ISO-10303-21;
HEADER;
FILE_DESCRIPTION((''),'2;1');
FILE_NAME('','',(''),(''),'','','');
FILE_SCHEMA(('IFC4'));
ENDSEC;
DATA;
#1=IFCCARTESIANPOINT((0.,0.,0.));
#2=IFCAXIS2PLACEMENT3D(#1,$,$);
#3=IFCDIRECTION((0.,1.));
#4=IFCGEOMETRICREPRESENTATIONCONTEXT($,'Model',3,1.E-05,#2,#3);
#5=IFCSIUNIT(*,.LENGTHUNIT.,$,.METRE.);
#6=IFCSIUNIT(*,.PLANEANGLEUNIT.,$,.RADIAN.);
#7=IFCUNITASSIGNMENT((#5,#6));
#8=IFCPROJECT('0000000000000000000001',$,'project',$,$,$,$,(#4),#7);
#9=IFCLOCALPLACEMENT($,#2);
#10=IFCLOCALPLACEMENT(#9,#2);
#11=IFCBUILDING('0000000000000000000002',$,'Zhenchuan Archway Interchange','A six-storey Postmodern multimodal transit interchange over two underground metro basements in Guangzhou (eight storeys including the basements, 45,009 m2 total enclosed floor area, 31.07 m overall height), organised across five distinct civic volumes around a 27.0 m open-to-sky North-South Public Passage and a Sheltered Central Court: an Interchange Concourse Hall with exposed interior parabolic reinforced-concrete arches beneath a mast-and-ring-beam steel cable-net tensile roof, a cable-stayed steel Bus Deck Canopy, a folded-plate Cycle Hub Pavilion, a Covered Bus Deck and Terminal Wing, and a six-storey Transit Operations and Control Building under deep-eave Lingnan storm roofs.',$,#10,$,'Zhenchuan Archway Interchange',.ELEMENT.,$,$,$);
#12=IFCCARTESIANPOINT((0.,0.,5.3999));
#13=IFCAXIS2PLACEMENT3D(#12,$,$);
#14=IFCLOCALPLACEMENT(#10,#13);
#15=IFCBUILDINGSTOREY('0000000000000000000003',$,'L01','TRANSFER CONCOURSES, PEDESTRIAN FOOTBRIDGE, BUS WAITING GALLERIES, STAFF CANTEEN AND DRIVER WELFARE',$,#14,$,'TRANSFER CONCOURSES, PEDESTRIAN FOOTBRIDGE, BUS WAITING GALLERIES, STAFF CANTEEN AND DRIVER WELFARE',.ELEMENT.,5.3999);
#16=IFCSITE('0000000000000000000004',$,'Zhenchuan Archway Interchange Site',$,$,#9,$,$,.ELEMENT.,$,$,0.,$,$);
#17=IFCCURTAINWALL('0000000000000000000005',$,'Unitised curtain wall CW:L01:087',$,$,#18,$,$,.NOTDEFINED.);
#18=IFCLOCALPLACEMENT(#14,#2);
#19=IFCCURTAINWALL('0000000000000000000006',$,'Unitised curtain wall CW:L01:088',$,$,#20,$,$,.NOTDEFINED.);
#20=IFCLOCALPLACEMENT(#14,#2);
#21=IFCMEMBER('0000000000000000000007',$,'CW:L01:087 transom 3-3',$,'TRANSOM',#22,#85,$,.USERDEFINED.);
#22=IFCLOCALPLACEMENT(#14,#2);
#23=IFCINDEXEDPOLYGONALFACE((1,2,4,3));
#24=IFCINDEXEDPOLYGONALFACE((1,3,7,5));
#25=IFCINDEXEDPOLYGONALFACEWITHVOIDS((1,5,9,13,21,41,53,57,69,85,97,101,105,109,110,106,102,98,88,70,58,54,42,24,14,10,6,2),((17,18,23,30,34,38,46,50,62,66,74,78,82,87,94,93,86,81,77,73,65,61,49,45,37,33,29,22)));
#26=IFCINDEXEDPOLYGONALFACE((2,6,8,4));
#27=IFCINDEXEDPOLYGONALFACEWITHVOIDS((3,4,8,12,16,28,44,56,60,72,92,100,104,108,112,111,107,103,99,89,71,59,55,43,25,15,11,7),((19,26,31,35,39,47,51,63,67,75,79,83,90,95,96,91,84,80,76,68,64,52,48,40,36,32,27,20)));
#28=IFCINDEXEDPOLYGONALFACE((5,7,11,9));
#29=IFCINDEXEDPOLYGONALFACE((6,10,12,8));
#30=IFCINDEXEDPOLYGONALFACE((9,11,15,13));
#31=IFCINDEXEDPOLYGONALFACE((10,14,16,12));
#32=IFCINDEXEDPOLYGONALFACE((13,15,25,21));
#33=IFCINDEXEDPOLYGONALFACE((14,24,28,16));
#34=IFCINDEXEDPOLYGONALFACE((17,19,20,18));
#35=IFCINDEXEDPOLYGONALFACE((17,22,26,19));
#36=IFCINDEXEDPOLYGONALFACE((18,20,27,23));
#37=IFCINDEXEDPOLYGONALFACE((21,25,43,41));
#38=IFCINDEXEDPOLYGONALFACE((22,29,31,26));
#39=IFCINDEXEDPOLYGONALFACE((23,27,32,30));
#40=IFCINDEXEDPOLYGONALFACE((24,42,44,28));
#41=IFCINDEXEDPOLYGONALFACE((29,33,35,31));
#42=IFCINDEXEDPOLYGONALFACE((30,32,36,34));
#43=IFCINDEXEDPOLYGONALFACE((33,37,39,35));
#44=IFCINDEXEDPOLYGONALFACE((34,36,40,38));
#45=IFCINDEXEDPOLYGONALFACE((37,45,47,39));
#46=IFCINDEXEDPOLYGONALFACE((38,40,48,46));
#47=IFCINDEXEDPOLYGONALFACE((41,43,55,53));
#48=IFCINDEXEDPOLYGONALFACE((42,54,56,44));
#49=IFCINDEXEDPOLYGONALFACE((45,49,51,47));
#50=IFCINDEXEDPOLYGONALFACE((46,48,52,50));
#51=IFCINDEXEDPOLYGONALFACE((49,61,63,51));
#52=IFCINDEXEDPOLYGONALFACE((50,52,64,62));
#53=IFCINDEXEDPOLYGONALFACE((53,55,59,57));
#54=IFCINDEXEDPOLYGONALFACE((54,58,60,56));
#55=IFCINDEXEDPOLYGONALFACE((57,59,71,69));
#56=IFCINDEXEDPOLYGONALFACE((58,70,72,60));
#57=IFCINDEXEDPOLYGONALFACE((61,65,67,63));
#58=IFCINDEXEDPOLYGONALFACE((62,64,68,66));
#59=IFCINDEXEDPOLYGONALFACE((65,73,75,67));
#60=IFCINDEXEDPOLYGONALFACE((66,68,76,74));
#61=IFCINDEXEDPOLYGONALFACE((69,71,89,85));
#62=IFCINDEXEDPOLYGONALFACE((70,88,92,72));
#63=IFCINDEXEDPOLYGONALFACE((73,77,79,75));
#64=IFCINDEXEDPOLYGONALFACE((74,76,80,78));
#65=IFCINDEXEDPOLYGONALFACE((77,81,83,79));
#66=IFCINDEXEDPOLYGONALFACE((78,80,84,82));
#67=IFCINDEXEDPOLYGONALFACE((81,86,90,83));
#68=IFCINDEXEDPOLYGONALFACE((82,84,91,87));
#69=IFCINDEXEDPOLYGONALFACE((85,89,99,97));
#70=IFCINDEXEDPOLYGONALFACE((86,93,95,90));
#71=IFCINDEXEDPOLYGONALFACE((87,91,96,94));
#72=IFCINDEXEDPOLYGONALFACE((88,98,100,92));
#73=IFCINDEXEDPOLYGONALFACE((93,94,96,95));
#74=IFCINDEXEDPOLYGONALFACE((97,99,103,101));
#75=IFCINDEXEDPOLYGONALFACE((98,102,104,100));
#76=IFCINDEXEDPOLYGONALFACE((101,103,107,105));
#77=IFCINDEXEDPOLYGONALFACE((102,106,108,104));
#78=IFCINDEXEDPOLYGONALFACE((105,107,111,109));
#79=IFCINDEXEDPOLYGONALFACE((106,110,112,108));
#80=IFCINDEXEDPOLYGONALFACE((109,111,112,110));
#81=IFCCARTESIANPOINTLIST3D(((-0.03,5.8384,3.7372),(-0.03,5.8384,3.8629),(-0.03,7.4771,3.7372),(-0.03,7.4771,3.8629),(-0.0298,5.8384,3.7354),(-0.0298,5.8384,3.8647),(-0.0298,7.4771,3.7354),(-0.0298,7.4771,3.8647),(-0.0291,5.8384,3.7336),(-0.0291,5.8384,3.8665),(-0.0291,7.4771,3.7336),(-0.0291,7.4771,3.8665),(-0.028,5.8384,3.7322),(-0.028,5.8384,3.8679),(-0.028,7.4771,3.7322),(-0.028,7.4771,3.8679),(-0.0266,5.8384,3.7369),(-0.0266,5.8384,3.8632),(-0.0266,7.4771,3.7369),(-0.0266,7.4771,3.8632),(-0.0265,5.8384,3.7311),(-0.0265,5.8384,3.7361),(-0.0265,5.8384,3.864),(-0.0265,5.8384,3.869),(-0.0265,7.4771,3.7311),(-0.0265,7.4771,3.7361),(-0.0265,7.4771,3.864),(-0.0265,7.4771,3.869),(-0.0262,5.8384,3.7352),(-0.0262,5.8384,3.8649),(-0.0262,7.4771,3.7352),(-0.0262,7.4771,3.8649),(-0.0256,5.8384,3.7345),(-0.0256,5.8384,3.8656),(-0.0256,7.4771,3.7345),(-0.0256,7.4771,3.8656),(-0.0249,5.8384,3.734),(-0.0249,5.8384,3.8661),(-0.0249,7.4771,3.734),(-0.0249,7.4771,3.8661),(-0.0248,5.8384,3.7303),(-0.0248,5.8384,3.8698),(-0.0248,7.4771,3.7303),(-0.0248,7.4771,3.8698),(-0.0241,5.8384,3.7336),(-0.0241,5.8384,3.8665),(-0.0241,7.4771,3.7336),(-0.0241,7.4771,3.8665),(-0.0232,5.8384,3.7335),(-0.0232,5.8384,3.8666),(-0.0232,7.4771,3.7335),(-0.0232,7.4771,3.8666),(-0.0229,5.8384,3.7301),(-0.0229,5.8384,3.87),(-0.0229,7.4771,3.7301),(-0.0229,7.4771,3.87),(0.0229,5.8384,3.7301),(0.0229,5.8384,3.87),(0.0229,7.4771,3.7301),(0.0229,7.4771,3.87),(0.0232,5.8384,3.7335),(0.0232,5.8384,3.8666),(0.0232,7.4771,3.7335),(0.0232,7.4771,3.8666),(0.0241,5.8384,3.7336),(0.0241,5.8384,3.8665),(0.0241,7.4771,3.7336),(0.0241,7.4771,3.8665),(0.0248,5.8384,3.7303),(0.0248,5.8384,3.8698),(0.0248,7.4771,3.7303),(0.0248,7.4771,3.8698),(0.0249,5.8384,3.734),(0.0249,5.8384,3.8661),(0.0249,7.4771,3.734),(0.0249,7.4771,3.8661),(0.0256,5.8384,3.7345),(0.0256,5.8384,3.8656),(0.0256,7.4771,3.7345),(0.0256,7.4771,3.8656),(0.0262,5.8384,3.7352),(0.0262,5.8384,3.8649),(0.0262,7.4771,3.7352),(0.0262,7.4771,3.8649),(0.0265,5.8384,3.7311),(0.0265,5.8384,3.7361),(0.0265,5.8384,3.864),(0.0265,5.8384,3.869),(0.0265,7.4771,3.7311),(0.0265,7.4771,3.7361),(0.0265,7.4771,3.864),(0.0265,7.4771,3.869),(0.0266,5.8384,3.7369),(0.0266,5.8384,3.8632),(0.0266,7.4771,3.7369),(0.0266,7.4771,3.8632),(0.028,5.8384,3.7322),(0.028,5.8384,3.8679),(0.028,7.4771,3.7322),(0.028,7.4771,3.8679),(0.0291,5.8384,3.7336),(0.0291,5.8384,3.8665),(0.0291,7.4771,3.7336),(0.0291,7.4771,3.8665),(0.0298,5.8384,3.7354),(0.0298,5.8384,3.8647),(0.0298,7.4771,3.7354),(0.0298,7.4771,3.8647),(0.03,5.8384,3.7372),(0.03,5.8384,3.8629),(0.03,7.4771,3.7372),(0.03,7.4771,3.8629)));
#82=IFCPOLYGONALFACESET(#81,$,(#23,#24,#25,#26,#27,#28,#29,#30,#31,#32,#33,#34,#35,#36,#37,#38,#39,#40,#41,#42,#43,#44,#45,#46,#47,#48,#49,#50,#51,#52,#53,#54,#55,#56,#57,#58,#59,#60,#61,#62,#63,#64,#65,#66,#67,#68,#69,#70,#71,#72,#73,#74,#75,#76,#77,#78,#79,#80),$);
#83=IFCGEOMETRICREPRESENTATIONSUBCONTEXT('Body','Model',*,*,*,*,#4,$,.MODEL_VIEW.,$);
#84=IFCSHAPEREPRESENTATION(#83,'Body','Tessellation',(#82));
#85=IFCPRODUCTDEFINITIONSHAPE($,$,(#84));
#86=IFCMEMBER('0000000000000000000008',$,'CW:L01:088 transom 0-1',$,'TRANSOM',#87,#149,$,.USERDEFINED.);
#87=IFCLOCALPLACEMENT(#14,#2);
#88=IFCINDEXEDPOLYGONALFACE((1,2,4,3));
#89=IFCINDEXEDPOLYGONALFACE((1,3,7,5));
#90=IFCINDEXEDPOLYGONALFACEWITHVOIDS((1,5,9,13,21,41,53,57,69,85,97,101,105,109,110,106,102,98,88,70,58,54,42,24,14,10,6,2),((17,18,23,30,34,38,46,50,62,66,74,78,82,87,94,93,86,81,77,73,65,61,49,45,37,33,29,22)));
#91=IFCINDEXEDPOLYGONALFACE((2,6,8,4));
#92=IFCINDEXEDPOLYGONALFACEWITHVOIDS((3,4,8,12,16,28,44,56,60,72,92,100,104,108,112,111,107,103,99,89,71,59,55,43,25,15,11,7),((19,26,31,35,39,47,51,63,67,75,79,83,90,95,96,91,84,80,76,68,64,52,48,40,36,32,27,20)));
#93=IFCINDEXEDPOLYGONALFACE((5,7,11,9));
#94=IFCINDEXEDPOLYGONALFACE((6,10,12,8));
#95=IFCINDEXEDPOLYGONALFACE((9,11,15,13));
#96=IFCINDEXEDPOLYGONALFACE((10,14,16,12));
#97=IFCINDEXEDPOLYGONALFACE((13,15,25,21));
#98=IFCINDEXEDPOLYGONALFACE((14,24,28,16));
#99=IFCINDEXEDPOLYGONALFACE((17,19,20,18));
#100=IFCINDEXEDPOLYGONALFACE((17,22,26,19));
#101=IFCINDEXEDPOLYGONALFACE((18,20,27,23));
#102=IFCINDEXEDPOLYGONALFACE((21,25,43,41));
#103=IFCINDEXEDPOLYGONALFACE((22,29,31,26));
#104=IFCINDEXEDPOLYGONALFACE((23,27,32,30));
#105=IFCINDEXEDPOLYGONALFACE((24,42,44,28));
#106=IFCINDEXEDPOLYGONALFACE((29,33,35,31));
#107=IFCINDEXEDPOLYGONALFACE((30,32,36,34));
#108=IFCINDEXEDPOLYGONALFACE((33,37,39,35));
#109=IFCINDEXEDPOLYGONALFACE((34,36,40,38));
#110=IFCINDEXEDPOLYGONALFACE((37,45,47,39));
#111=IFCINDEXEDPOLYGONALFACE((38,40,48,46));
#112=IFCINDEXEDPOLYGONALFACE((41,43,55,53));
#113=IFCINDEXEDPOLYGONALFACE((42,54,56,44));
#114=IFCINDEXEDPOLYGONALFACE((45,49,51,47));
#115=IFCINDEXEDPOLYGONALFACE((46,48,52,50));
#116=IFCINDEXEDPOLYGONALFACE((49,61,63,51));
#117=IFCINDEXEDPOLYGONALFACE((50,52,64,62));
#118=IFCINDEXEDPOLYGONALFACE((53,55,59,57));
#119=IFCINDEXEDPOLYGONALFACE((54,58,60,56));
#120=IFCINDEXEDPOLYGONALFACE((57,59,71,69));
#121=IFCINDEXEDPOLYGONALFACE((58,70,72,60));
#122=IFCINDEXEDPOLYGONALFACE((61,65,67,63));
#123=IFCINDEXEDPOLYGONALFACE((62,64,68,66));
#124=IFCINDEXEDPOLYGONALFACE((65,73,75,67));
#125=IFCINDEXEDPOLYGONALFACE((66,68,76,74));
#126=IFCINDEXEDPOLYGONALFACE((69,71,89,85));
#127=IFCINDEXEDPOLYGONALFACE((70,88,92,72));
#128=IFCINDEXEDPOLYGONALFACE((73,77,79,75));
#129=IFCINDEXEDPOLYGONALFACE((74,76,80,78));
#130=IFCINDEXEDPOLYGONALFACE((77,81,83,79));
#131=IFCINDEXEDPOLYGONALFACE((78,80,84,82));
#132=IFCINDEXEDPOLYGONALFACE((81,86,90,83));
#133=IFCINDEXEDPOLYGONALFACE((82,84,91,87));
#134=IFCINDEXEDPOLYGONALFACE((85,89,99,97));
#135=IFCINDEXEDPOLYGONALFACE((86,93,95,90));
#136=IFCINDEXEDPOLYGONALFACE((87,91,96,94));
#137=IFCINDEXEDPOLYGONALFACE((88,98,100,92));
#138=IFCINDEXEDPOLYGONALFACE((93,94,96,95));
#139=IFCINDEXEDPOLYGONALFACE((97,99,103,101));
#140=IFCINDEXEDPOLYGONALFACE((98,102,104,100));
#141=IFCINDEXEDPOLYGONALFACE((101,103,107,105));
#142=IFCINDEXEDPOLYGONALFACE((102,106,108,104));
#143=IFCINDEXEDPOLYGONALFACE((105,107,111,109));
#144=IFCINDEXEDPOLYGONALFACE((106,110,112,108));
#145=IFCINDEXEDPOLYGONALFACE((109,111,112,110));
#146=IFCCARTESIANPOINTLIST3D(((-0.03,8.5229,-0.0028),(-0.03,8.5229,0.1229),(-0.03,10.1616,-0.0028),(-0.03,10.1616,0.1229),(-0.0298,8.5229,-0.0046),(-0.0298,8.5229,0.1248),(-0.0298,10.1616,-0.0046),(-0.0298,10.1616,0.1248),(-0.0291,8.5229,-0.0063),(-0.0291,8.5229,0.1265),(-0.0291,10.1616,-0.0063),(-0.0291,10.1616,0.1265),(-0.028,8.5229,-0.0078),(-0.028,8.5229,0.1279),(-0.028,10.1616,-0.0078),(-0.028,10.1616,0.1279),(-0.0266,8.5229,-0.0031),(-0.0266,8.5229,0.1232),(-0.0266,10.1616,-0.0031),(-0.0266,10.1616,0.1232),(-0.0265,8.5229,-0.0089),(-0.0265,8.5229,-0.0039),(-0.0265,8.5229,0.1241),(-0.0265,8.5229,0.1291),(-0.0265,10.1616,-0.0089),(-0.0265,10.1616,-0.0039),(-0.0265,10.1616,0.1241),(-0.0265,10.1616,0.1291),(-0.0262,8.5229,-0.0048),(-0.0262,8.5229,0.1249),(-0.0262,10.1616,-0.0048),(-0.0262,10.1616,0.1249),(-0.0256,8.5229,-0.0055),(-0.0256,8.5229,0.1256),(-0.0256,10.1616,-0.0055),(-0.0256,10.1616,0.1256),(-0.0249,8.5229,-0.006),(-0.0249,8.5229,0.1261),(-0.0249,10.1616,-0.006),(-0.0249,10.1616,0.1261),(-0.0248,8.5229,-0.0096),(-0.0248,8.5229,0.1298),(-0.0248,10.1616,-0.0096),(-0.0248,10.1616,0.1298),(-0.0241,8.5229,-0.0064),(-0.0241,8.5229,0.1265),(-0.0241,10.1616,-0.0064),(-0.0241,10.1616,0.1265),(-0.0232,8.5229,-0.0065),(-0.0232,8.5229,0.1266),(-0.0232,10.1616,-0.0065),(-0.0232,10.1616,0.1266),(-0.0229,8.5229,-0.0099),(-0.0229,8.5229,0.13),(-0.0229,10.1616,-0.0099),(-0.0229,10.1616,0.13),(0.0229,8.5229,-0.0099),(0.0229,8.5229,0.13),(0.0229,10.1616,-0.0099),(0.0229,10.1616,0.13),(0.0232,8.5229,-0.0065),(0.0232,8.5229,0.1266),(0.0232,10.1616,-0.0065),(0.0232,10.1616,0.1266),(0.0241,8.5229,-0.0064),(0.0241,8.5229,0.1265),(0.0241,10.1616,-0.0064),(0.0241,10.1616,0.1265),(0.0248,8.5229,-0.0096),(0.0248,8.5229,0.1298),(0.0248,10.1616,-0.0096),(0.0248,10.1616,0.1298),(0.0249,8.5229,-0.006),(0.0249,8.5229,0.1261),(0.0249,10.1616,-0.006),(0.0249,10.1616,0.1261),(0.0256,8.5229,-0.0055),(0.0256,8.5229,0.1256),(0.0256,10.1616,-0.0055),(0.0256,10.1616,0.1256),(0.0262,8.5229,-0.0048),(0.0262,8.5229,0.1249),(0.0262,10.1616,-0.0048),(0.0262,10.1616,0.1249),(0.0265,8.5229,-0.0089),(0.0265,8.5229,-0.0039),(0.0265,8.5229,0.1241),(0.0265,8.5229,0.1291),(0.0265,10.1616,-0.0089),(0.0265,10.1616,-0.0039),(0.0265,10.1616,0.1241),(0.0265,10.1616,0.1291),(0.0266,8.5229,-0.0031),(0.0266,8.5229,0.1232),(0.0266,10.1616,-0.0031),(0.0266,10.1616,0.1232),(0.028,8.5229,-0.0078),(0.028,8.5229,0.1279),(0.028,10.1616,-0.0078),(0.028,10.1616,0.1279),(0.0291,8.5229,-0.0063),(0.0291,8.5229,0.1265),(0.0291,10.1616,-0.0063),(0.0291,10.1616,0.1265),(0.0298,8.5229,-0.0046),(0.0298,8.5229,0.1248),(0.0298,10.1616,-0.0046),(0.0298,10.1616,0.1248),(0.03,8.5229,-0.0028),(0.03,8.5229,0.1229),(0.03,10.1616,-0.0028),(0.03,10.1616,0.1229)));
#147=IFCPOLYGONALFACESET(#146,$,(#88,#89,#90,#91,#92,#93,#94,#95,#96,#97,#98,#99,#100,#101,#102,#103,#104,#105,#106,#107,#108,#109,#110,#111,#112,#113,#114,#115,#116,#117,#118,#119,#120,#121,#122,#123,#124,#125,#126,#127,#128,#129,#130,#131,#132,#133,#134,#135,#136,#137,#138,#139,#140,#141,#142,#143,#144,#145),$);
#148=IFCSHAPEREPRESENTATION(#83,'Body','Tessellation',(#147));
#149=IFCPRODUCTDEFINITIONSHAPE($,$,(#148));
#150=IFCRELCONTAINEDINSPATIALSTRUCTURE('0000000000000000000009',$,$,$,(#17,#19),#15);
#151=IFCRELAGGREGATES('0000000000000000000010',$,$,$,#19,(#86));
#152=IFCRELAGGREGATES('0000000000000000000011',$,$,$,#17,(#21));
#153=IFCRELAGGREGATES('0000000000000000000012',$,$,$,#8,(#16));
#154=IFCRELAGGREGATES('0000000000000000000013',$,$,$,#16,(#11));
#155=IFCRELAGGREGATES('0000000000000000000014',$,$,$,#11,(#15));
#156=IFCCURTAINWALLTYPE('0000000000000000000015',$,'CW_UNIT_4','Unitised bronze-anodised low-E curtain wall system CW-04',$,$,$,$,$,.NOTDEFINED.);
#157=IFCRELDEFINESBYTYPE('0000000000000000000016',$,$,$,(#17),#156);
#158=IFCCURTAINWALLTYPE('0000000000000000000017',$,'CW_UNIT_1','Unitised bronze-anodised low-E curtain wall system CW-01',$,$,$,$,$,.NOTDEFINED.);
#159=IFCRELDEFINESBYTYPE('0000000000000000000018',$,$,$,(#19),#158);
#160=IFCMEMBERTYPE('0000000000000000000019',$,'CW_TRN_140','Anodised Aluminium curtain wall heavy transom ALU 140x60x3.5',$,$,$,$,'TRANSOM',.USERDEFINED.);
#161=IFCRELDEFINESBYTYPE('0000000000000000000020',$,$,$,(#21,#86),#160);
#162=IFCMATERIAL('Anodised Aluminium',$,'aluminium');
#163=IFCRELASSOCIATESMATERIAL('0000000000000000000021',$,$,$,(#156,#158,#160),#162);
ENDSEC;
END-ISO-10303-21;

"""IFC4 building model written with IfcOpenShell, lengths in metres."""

from ifc_helpers import new_model, si_unit, direction, frame, origin, origin_2d, place, context, subcontext, project, spatial, hollow_rectangle, extrude, material, material_profile, profile_set, type_object, element, aggregate, save


model = new_model("IFC4")

# Units and contexts
model_context = context("Model", 3, precision=1e-05, world=origin(), true_north=direction((0.0, 1.0)))
body_context = subcontext(model_context, "Body", "Model", "MODEL_VIEW")
ifc_project = project(units=[si_unit("LENGTHUNIT", "METRE"), si_unit("PLANEANGLEUNIT", "RADIAN")], contexts=[model_context])

# Site, building, storey
site_placement = place(None, origin())
site = spatial("IfcSite", under=ifc_project, at=site_placement, Name="Zhenchuan Archway Interchange Site", CompositionType="ELEMENT", RefElevation=0.0)
building_placement = place(site_placement, origin())
building = spatial("IfcBuilding", under=site, at=building_placement, Name="Zhenchuan Archway Interchange", Description="A six-storey Postmodern multimodal transit interchange over two underground metro basements in Guangzhou (eight storeys including the basements, 45,009 m2 total enclosed floor area, 31.07 m overall height), organised across five distinct civic volumes around a 27.0 m open-to-sky North-South Public Passage and a Sheltered Central Court: an Interchange Concourse Hall with exposed interior parabolic reinforced-concrete arches beneath a mast-and-ring-beam steel cable-net tensile roof, a cable-stayed steel Bus Deck Canopy, a folded-plate Cycle Hub Pavilion, a Covered Bus Deck and Terminal Wing, and a six-storey Transit Operations and Control Building under deep-eave Lingnan storm roofs.", LongName="Zhenchuan Archway Interchange", CompositionType="ELEMENT")
storey_placement = place(building_placement, frame((0.0, 0.0, 5.3999)))
storey = spatial("IfcBuildingStorey", under=building, at=storey_placement, Name="L01", Description="TRANSFER CONCOURSES, PEDESTRIAN FOOTBRIDGE, BUS WAITING GALLERIES, STAFF CANTEEN AND DRIVER WELFARE", LongName="TRANSFER CONCOURSES, PEDESTRIAN FOOTBRIDGE, BUS WAITING GALLERIES, STAFF CANTEEN AND DRIVER WELFARE", CompositionType="ELEMENT", Elevation=5.3999)

# Curtain wall
ifc_material_1 = material(Name="Anodised Aluminium", Category="aluminium")
curtain_wall_type_1 = type_object("IfcCurtainWallType", Name="CW_UNIT_4", Description="Unitised bronze-anodised low-E curtain wall system CW-04", PredefinedType="NOTDEFINED", material=ifc_material_1)
curtain_wall_1_placement = place(storey_placement, origin())
curtain_wall_1 = element("IfcCurtainWall", 1, at=curtain_wall_1_placement, inside=storey, type_object=curtain_wall_type_1, Name="Unitised curtain wall CW:L01:087", PredefinedType="NOTDEFINED")

# Curtain wall
curtain_wall_type_2 = type_object("IfcCurtainWallType", Name="CW_UNIT_1", Description="Unitised bronze-anodised low-E curtain wall system CW-01", PredefinedType="NOTDEFINED", material=ifc_material_1)
curtain_wall_2_placement = place(storey_placement, origin())
curtain_wall_2 = element("IfcCurtainWall", 2, at=curtain_wall_2_placement, inside=storey, type_object=curtain_wall_type_2, Name="Unitised curtain wall CW:L01:088", PredefinedType="NOTDEFINED")

# Members
ifc_material_profile_1 = material_profile(ifc_material_1, hollow_rectangle(XDim=0.0601, YDim=0.1399, WallThickness=0.0034, InnerFilletRadius=0.0034, OuterFilletRadius=0.0071, at=origin_2d()), Name="ALU 140x60x3.5")
ifc_profile_set_1 = profile_set([ifc_material_profile_1], Name="Anodised Aluminium")
member_type_1 = type_object("IfcMemberType", Name="CW_TRN_140", Description="Anodised Aluminium curtain wall heavy transom ALU 140x60x3.5", ElementType="TRANSOM", PredefinedType="USERDEFINED", material=ifc_profile_set_1)
member_1_placement = place(storey_placement, frame((0.0, 5.8384, 3.8), z_axis=(0.0, 1.0, 0.0), x_axis=(-1.0, 0.0, 0.0)))
member_1 = element("IfcMember", 3, at=member_1_placement, type_object=member_type_1, Name="CW:L01:087 transom 3-3", ObjectType="TRANSOM", PredefinedType="USERDEFINED", context=body_context, shape_type="SweptSolid", body=[
    extrude(hollow_rectangle(XDim=0.0601, YDim=0.1399, WallThickness=0.0034, InnerFilletRadius=0.0034, OuterFilletRadius=0.0071, at=origin_2d()), origin(), (0.0, 0.0, 1.0), 1.6387),
])
member_2_placement = place(storey_placement, frame((0.0, 8.5229, 0.0601), z_axis=(0.0, 1.0, 0.0), x_axis=(-1.0, 0.0, 0.0)))
member_2 = element("IfcMember", 4, at=member_2_placement, type_object=member_type_1, Name="CW:L01:088 transom 0-1", ObjectType="TRANSOM", PredefinedType="USERDEFINED", context=body_context, shape_type="SweptSolid", body=[
    extrude(hollow_rectangle(XDim=0.0601, YDim=0.1399, WallThickness=0.0034, InnerFilletRadius=0.0034, OuterFilletRadius=0.0071, at=origin_2d()), origin(), (0.0, 0.0, 1.0), 1.6387),
])
aggregate(curtain_wall_2, [member_2])

aggregate(curtain_wall_1, [member_1])

save(model, "model.ifc")
